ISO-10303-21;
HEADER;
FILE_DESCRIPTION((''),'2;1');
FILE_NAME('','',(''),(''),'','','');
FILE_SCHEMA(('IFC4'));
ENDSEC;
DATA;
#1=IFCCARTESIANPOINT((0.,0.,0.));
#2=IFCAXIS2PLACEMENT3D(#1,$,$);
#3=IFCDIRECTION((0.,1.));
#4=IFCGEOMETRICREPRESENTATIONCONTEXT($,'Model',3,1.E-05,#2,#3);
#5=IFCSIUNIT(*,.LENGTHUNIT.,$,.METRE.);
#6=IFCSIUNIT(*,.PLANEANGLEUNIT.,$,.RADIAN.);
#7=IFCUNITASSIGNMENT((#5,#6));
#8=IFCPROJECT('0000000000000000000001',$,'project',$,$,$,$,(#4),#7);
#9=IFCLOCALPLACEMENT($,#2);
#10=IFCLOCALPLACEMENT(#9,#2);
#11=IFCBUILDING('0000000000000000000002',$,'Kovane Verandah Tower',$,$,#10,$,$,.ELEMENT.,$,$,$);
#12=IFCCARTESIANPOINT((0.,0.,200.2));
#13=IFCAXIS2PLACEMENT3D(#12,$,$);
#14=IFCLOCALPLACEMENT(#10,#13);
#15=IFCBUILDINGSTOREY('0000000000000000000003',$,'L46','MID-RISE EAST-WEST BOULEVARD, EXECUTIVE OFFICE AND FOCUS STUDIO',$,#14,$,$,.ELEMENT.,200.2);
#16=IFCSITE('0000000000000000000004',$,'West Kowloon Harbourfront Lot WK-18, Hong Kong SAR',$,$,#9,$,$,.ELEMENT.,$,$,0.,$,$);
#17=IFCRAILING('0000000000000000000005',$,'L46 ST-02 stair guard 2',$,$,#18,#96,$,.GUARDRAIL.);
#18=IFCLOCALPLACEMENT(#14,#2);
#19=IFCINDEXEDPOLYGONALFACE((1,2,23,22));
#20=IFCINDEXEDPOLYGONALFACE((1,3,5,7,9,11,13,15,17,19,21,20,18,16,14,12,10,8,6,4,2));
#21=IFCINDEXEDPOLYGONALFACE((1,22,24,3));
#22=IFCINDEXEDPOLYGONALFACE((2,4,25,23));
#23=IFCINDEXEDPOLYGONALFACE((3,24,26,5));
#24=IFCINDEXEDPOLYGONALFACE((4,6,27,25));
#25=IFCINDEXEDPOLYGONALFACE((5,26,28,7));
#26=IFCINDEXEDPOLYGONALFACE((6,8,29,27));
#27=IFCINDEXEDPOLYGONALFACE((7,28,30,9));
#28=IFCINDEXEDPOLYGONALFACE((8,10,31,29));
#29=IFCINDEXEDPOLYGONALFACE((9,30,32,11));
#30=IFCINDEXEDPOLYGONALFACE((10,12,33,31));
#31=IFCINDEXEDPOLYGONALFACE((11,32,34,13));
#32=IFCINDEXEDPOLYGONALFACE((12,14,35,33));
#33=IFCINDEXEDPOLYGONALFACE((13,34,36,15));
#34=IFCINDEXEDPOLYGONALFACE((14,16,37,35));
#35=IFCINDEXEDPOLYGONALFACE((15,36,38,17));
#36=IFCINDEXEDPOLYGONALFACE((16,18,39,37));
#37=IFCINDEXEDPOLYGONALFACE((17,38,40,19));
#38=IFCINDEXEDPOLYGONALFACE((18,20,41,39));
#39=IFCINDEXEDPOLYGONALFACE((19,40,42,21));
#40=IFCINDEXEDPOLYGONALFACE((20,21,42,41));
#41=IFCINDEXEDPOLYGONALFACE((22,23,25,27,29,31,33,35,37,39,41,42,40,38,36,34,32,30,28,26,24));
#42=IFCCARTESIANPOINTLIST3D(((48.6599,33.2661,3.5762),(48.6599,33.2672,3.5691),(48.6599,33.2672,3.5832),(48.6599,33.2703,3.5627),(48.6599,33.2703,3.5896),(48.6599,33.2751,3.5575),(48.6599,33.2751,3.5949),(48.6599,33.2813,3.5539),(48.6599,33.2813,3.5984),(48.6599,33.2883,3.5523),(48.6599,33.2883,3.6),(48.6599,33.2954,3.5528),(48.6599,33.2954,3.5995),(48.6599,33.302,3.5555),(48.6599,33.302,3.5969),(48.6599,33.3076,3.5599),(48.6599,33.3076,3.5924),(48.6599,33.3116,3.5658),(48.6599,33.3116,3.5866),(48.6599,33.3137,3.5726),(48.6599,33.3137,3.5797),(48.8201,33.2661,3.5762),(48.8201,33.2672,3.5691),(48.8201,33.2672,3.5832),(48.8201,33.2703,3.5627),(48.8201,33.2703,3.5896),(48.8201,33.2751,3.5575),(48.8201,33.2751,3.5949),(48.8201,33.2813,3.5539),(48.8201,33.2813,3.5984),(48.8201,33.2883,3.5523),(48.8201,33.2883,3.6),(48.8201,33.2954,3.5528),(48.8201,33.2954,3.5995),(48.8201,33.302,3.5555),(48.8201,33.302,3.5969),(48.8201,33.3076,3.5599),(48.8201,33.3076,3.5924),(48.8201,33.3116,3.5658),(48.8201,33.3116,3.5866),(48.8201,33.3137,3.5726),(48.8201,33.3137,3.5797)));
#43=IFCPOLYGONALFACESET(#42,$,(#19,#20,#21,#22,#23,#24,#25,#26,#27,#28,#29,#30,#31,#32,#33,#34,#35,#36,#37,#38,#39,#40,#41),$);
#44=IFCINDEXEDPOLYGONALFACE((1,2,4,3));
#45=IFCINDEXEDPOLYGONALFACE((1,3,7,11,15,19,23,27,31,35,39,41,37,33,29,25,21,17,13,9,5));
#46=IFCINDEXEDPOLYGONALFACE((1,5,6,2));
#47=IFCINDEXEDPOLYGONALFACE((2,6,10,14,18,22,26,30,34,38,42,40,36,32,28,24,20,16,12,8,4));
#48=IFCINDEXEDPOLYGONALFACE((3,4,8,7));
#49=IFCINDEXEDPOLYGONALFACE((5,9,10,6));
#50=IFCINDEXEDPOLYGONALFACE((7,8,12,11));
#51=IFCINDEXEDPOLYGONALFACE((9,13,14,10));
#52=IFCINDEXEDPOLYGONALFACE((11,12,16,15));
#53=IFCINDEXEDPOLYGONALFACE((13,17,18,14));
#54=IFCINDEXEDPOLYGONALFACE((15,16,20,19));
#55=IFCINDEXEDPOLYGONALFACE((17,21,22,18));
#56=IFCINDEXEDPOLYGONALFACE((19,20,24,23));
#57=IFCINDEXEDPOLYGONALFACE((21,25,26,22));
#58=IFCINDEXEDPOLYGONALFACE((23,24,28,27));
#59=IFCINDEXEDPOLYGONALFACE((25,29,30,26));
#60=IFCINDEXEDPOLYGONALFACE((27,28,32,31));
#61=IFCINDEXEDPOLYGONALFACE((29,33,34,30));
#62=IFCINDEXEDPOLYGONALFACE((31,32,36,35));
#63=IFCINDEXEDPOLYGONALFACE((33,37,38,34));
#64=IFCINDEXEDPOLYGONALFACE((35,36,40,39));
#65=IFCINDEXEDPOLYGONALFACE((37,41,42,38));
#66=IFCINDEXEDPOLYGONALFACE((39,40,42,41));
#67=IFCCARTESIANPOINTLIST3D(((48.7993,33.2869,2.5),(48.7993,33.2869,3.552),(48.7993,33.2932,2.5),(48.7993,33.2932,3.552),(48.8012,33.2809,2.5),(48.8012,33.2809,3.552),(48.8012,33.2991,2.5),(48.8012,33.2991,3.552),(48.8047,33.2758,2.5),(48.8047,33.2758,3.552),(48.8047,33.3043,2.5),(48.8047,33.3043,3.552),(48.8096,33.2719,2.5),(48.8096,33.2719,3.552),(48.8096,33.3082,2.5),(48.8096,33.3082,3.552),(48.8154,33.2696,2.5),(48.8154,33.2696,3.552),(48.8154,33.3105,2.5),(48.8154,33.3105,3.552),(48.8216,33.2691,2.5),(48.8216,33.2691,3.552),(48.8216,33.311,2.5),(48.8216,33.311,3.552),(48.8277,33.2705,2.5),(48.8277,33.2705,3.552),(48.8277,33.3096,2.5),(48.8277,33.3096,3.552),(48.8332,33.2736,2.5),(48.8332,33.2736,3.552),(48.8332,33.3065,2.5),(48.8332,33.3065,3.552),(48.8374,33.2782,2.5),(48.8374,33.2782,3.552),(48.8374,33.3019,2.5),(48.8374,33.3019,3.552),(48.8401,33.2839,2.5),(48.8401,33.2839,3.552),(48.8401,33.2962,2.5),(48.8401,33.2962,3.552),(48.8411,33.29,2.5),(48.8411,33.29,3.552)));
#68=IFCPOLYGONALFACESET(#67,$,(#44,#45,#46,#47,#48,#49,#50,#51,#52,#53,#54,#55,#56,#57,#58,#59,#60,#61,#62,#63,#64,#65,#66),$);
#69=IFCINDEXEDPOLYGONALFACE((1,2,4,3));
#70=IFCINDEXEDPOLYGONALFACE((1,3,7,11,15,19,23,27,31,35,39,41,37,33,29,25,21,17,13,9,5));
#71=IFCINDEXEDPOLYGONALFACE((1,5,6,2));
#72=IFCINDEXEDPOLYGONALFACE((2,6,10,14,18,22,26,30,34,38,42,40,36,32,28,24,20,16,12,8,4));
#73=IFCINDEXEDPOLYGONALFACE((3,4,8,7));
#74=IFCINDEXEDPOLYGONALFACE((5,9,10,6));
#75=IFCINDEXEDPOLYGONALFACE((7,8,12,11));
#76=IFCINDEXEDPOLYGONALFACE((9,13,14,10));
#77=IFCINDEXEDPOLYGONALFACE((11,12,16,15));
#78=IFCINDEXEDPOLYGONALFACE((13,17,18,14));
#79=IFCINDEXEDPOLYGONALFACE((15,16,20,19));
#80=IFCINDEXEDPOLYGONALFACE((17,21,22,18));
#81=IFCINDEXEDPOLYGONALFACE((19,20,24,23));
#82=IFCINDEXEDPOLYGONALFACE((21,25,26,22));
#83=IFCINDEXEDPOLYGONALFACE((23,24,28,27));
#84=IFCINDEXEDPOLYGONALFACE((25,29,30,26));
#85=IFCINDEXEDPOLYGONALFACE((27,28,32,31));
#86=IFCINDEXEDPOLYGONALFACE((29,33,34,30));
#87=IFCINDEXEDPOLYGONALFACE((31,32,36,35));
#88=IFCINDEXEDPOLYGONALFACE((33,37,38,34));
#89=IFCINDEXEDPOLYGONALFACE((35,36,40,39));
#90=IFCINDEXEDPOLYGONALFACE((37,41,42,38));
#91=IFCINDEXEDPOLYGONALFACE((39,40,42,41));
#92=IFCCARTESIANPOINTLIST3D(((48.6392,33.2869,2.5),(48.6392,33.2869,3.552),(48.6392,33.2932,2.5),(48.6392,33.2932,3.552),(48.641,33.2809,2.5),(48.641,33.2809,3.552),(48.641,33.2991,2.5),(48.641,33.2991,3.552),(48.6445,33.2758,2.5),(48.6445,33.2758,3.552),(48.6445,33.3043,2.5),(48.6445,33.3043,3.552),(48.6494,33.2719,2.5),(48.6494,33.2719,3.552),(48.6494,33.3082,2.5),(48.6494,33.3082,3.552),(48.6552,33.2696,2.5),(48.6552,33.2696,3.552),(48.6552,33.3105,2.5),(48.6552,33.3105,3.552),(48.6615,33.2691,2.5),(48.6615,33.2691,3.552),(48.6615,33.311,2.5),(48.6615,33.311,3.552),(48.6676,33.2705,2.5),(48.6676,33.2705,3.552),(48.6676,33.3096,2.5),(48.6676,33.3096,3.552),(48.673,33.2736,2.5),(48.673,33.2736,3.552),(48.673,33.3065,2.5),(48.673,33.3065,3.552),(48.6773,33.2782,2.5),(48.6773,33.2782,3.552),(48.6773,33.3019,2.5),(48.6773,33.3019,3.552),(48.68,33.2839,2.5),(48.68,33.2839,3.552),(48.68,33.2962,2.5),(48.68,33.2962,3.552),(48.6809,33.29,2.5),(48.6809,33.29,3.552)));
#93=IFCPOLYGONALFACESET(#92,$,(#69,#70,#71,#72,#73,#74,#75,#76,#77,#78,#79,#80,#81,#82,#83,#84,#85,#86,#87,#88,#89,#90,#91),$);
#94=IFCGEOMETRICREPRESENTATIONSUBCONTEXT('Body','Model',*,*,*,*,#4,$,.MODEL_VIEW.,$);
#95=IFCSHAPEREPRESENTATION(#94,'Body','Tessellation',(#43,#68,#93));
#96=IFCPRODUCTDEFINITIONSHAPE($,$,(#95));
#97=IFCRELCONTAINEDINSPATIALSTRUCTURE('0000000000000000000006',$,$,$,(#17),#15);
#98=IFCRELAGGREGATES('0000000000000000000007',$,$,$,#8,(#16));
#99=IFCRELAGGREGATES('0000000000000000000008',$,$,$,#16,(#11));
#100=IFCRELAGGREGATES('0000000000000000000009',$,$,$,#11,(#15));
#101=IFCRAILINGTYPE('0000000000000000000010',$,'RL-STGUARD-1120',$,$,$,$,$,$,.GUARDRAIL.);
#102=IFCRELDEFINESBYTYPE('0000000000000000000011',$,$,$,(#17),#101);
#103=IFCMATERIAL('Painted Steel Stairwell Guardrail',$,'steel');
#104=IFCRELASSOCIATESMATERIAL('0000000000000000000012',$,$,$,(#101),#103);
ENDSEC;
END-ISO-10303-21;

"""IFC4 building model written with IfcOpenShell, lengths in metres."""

from ifc_helpers import new_model, si_unit, direction, frame, origin, origin_2d, place, context, subcontext, project, spatial, circle, extrude, material, type_object, element, save


model = new_model("IFC4")

# Units and contexts
model_context = context("Model", 3, precision=1e-05, world=origin(), true_north=direction((0.0, 1.0)))
body_context = subcontext(model_context, "Body", "Model", "MODEL_VIEW")
ifc_project = project(units=[si_unit("LENGTHUNIT", "METRE"), si_unit("PLANEANGLEUNIT", "RADIAN")], contexts=[model_context])

# Site, building, storey
site_placement = place(None, origin())
site = spatial("IfcSite", under=ifc_project, at=site_placement, Name="West Kowloon Harbourfront Lot WK-18, Hong Kong SAR", CompositionType="ELEMENT", RefElevation=0.0)
building_placement = place(site_placement, origin())
building = spatial("IfcBuilding", under=site, at=building_placement, Name="Kovane Verandah Tower", CompositionType="ELEMENT")
storey_placement = place(building_placement, frame((0.0, 0.0, 200.2)))
storey = spatial("IfcBuildingStorey", under=building, at=storey_placement, Name="L46", Description="MID-RISE EAST-WEST BOULEVARD, EXECUTIVE OFFICE AND FOCUS STUDIO", CompositionType="ELEMENT", Elevation=200.2)

# Railing
ifc_material_1 = material(Name="Painted Steel Stairwell Guardrail", Category="steel")
railing_type_1 = type_object("IfcRailingType", Name="RL-STGUARD-1120", PredefinedType="GUARDRAIL", material=ifc_material_1)
railing_1_placement = place(storey_placement, frame((48.8201, 33.29, 2.5)))
element("IfcRailing", 1, at=railing_1_placement, inside=storey, type_object=railing_type_1, Name="L46 ST-02 stair guard 2", PredefinedType="GUARDRAIL", context=body_context, shape_type="SweptSolid", body=[
    extrude(circle(Radius=0.0239, at=origin_2d()), frame((0.0, 0.0, 1.0762), z_axis=(-1.0, 0.0, 0.0), x_axis=(0.0, -1.0, 0.0)), (0.0, 0.0, 1.0), 0.1602),
    extrude(circle(Radius=0.021, at=origin_2d()), origin(), (0.0, 0.0, 1.0), 1.052),
    extrude(circle(Radius=0.021, at=origin_2d()), frame((-0.1602, 0.0, 0.0)), (0.0, 0.0, 1.0), 1.052),
])

save(model, "model.ifc")
